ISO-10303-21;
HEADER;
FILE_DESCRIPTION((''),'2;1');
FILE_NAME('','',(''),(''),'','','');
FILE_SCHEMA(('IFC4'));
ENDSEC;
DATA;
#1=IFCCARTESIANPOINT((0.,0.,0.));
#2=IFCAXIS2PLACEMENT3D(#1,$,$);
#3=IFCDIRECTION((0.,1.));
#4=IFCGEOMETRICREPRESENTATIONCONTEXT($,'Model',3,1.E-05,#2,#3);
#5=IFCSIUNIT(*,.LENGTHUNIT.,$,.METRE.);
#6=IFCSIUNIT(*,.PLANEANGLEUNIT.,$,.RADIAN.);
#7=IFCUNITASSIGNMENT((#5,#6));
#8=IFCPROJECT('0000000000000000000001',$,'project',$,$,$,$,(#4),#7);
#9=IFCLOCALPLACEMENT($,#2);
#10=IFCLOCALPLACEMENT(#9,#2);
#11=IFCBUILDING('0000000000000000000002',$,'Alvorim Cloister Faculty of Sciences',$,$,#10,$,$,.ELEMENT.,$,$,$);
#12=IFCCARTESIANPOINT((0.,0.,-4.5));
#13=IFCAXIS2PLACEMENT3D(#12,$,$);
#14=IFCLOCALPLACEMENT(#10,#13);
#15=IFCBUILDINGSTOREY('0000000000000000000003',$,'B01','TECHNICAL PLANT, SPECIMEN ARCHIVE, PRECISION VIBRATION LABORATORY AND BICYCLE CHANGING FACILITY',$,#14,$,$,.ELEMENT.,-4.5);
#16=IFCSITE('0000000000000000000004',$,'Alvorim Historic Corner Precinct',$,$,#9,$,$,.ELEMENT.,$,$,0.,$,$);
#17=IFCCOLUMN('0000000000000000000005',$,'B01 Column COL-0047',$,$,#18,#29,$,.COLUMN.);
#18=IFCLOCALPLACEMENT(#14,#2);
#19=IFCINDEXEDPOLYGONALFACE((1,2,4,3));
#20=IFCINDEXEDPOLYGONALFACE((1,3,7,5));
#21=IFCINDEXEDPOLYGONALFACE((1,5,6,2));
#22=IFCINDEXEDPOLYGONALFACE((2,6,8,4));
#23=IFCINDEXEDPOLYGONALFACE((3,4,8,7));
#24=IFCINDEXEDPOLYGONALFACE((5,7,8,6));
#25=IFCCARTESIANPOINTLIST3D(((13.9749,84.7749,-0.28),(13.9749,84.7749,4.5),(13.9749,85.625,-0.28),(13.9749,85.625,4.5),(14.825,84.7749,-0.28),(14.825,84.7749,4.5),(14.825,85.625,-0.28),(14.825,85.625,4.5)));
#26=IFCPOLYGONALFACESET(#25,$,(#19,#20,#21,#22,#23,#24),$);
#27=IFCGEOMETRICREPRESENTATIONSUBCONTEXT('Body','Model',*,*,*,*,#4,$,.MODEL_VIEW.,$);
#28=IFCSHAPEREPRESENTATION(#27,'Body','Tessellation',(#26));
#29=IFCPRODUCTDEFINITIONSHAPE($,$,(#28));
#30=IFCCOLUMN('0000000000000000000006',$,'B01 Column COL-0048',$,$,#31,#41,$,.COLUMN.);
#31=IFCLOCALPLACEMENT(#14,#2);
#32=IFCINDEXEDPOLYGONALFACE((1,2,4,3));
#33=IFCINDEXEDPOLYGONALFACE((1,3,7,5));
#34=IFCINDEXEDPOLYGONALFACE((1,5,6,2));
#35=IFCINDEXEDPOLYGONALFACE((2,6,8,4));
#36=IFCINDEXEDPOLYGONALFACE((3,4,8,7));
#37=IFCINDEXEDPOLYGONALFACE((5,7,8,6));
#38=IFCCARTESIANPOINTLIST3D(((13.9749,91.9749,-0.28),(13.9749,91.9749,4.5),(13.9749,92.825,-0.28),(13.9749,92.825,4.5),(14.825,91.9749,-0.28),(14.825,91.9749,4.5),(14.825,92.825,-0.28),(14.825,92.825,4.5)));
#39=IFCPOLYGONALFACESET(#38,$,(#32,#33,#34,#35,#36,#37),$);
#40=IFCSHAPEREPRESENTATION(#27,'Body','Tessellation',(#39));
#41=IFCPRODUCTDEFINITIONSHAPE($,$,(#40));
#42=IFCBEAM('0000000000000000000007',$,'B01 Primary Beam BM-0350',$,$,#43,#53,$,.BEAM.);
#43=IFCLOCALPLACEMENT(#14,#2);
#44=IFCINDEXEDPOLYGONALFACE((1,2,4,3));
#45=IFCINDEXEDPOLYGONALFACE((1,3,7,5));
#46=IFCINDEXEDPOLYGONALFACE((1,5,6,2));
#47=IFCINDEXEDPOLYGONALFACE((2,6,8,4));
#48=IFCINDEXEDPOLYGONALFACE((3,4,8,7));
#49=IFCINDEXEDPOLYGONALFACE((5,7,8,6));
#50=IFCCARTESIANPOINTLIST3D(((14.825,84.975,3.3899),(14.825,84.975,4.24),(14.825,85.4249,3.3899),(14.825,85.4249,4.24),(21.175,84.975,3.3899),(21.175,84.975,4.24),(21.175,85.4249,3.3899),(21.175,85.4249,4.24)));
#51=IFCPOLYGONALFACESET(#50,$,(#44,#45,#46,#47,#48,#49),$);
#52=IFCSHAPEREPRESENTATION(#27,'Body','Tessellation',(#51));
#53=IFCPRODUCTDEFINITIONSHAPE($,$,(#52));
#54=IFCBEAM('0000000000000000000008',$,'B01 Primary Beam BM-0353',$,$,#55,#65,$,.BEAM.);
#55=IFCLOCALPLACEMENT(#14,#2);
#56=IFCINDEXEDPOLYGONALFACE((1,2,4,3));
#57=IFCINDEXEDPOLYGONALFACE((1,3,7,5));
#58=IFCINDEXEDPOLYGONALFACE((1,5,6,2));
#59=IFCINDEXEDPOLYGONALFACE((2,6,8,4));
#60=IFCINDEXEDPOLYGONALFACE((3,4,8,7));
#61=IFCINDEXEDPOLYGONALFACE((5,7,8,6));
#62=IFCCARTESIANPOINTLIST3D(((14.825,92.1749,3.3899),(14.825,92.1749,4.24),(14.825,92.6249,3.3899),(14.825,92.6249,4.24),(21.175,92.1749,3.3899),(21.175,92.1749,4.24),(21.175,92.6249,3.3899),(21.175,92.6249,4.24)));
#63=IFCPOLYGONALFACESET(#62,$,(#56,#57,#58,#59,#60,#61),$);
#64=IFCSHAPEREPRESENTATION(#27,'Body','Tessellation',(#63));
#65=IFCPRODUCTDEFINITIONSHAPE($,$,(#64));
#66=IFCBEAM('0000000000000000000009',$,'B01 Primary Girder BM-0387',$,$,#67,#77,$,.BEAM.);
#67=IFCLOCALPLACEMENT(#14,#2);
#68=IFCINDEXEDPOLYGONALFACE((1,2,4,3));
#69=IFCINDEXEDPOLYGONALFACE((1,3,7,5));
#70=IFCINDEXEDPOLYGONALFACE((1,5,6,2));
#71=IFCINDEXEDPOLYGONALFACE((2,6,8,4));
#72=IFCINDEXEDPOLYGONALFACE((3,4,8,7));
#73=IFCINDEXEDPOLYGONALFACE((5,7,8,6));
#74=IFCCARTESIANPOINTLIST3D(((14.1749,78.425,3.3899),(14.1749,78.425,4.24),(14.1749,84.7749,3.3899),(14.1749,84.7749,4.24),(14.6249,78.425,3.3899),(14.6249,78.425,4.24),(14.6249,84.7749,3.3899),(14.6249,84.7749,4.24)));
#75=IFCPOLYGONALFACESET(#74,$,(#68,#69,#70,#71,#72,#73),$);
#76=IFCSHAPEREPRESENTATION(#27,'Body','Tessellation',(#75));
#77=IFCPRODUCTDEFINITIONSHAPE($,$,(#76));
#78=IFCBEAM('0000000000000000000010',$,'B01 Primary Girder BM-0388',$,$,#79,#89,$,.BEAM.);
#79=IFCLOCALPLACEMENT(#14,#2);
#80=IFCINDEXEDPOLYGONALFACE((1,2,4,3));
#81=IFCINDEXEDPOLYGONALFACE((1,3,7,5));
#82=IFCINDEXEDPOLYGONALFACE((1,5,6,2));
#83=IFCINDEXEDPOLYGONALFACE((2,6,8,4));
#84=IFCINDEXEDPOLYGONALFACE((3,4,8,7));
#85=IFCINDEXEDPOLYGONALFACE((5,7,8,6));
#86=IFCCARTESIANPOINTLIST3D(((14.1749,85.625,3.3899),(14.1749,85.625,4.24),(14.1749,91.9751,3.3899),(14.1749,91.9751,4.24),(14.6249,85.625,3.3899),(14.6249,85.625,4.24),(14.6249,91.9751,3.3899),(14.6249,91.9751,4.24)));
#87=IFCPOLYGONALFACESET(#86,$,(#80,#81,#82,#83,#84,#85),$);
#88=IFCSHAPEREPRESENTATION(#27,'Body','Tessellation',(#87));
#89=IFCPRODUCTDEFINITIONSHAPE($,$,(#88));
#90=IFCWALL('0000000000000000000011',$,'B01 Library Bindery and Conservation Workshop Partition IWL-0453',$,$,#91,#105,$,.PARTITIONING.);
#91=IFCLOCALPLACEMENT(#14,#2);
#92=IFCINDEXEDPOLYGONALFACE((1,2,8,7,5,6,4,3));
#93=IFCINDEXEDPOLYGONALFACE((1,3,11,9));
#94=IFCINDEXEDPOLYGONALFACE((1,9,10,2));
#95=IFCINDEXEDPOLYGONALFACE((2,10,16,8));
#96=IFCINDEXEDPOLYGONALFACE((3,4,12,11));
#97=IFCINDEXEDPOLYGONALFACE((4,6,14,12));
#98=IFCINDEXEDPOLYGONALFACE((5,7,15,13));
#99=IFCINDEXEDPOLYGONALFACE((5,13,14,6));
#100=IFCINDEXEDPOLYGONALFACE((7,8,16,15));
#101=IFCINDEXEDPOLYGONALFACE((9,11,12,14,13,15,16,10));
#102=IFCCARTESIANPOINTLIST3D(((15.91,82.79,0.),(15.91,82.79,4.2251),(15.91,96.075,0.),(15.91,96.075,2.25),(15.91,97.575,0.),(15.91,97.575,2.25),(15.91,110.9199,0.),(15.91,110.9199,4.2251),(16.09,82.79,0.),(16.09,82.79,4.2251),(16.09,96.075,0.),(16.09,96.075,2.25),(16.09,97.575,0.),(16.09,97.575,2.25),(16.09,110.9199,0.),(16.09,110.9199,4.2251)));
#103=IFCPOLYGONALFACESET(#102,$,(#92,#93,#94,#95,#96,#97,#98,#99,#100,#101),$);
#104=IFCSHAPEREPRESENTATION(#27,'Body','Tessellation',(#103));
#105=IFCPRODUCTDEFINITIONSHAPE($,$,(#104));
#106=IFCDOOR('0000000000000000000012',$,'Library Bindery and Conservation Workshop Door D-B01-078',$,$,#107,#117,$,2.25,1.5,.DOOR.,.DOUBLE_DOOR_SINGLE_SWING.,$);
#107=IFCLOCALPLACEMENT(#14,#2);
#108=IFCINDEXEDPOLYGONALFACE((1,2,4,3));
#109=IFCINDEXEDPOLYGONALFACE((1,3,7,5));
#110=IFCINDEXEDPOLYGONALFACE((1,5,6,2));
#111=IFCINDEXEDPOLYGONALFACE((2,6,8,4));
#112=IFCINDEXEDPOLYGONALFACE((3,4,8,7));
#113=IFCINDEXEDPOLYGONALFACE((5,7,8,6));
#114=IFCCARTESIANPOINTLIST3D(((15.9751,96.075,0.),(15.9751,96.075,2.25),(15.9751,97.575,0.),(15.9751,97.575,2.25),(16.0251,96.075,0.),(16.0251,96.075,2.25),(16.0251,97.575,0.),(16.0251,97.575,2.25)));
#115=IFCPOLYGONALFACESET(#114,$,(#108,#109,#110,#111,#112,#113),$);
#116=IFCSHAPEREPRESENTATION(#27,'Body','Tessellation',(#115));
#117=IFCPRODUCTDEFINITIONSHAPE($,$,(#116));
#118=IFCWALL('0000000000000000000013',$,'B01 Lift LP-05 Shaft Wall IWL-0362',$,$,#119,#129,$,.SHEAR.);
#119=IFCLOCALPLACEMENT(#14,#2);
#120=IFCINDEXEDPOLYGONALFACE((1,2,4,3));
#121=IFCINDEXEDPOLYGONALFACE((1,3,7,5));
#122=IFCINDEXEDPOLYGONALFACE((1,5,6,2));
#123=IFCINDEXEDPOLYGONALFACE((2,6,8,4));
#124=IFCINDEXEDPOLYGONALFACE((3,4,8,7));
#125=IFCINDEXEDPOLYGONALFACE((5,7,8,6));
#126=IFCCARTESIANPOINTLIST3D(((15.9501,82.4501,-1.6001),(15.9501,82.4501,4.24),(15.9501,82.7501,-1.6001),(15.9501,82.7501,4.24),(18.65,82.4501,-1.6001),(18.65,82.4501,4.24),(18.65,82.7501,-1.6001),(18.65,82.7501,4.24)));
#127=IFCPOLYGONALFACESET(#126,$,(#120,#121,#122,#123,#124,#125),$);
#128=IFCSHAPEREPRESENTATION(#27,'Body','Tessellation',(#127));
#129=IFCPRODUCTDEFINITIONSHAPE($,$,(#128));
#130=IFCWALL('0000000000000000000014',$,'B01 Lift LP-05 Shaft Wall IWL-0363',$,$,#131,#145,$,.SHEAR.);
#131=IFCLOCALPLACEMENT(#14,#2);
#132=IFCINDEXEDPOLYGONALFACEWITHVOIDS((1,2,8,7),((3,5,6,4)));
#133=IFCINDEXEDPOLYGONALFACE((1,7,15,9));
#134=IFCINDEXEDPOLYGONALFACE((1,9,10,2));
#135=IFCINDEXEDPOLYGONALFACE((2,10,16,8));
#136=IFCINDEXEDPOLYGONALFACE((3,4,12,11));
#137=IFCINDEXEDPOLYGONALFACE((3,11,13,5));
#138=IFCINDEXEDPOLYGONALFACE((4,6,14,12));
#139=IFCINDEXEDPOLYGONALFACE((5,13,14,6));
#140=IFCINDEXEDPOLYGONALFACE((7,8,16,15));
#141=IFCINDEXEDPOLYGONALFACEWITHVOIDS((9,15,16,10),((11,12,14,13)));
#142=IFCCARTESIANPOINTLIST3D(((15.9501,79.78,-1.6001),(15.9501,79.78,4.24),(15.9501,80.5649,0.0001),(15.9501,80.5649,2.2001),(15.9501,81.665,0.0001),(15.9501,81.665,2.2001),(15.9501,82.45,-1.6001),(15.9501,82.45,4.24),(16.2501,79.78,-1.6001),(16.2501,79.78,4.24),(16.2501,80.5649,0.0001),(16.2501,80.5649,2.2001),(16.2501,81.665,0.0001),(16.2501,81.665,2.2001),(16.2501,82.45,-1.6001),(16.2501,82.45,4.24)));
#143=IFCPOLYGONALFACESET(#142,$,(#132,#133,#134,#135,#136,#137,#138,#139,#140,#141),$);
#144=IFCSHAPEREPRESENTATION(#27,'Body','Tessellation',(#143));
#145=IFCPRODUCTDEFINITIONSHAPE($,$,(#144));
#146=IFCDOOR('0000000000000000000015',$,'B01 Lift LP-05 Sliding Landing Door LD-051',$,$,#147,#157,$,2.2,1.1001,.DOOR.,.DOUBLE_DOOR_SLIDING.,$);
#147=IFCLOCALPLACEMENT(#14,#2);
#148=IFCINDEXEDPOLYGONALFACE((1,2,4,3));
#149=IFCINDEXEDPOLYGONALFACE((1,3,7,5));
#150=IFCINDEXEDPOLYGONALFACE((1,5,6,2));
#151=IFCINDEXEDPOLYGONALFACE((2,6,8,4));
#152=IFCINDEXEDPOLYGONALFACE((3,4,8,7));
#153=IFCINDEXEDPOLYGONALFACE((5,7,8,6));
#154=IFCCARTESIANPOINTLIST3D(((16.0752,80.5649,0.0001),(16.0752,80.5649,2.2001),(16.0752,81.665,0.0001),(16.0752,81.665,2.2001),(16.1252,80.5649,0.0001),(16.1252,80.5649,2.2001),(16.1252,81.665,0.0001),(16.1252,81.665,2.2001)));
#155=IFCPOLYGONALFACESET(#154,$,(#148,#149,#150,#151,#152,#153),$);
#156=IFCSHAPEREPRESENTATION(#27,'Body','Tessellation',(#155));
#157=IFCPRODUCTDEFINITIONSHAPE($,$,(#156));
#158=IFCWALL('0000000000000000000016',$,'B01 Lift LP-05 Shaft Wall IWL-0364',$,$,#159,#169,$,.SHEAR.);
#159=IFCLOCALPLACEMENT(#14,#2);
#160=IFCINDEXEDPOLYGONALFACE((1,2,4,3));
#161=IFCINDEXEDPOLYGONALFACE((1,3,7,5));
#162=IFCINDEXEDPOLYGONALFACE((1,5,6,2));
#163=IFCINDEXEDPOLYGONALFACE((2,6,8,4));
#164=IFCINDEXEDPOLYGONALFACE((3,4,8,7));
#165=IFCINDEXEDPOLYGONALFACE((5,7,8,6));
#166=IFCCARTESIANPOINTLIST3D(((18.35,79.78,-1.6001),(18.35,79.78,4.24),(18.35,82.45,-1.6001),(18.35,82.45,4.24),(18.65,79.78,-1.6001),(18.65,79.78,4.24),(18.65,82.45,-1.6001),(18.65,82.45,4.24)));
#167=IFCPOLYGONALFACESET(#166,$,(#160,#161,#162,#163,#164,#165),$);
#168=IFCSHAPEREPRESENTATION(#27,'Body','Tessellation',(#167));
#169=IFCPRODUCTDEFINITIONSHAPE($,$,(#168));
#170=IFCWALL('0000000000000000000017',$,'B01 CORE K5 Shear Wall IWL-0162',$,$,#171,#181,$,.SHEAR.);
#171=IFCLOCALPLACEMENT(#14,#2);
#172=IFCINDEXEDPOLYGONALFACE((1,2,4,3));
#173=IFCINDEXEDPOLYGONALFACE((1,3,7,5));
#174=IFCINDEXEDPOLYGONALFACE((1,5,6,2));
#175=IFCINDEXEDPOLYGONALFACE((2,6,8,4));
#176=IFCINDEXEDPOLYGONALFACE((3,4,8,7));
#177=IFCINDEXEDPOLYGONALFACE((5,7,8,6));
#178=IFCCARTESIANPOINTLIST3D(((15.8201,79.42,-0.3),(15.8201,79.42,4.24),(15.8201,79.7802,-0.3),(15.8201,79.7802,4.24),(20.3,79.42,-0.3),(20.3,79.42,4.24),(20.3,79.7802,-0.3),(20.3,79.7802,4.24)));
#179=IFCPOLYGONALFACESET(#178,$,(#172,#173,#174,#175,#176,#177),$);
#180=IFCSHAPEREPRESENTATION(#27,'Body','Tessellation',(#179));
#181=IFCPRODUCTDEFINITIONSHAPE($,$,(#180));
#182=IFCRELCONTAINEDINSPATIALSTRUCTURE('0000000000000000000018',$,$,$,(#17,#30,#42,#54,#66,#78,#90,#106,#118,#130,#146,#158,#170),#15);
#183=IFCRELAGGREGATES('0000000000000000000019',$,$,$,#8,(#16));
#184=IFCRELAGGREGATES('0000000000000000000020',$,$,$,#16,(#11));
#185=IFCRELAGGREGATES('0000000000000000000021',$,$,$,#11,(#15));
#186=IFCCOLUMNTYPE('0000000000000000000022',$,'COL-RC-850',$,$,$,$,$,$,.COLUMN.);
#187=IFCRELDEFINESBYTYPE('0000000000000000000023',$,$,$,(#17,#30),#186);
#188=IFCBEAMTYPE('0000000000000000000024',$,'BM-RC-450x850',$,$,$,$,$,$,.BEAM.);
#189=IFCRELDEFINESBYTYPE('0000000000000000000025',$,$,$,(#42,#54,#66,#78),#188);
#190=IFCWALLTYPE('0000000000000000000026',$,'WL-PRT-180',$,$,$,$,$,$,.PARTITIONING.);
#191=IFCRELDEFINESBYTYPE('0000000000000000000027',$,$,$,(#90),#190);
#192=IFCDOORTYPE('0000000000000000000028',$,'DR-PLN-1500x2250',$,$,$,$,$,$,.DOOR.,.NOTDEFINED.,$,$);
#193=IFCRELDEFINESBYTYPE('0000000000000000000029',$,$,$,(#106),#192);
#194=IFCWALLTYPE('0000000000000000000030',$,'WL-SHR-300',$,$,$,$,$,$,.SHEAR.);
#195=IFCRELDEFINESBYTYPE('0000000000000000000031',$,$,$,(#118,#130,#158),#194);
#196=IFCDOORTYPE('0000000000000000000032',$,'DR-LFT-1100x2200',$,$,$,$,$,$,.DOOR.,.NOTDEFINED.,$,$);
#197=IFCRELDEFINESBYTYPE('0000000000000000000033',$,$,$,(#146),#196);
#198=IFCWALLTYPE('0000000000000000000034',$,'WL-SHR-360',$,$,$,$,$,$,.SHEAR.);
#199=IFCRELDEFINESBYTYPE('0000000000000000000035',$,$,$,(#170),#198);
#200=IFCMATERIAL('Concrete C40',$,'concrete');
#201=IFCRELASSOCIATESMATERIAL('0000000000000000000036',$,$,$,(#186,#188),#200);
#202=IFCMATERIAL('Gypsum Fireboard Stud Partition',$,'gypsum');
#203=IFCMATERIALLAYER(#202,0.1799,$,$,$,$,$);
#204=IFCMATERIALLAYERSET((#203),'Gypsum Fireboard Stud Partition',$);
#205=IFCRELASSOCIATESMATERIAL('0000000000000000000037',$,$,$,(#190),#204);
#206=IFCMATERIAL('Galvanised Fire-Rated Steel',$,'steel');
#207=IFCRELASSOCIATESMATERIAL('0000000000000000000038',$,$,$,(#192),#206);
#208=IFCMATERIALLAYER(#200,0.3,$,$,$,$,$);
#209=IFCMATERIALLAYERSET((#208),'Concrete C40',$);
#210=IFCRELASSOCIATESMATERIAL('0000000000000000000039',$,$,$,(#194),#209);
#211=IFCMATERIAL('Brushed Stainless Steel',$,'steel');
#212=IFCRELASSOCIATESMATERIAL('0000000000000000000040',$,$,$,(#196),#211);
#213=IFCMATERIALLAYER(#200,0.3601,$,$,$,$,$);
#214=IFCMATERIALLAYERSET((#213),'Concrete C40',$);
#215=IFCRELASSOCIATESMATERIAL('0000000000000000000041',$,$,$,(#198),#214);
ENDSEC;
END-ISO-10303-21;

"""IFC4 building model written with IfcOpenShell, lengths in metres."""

from ifc_helpers import new_model, si_unit, direction, frame, frame_2d, origin, origin_2d, place, context, subcontext, project, spatial, rectangle, extrude, material, layer, layer_set, material_profile, profile_set, type_object, element, fill, save


model = new_model("IFC4")

# Units and contexts
model_context = context("Model", 3, precision=1e-05, world=origin(), true_north=direction((0.0, 1.0)))
body_context = subcontext(model_context, "Body", "Model", "MODEL_VIEW")
ifc_project = project(units=[si_unit("LENGTHUNIT", "METRE"), si_unit("PLANEANGLEUNIT", "RADIAN")], contexts=[model_context])

# Site, building, storey
site_placement = place(None, origin())
site = spatial("IfcSite", under=ifc_project, at=site_placement, Name="Alvorim Historic Corner Precinct", CompositionType="ELEMENT", RefElevation=0.0)
building_placement = place(site_placement, origin())
building = spatial("IfcBuilding", under=site, at=building_placement, Name="Alvorim Cloister Faculty of Sciences", CompositionType="ELEMENT")
storey_placement = place(building_placement, frame((0.0, 0.0, -4.5)))
storey = spatial("IfcBuildingStorey", under=building, at=storey_placement, Name="B01", Description="TECHNICAL PLANT, SPECIMEN ARCHIVE, PRECISION VIBRATION LABORATORY AND BICYCLE CHANGING FACILITY", CompositionType="ELEMENT", Elevation=-4.5)

# Shared definitions
ifc_material_1 = material(Name="Concrete C40", Category="concrete")

# Columns
ifc_material_profile_1 = material_profile(ifc_material_1, rectangle(XDim=0.8501, YDim=0.8501, at=origin_2d()), Name="RC40-COL-850x850")
ifc_profile_set_1 = profile_set([ifc_material_profile_1], Name="Concrete C40")
column_type = type_object("IfcColumnType", Name="COL-RC-850", PredefinedType="COLUMN", material=ifc_profile_set_1)
for number, where, z_axis, x_axis, name in (
    (1, (14.3999, 85.2, -0.28), (0.0, 0.0, 1.0), (1.0, 0.0, 0.0), "B01 Column COL-0047"),
    (2, (14.3999, 92.3999, -0.28), (0.0, 0.0, 1.0), (1.0, 0.0, 0.0), "B01 Column COL-0048"),
):
    element("IfcColumn", number, at=place(storey_placement, frame(where, z_axis=z_axis, x_axis=x_axis)), inside=storey, type_object=column_type, Name=name, PredefinedType="COLUMN", context=body_context, shape_type="SweptSolid", body=[
        extrude(rectangle(XDim=0.8501, YDim=0.8501, at=origin_2d()), origin(), (0.0, 0.0, 1.0), 4.78),
    ])

# Beams
ifc_material_profile_2 = material_profile(ifc_material_1, rectangle(XDim=0.45, YDim=0.8501, at=origin_2d()), Name="RC40-BM-450x850")
ifc_profile_set_2 = profile_set([ifc_material_profile_2], Name="Concrete C40")
beam_type = type_object("IfcBeamType", Name="BM-RC-450x850", PredefinedType="BEAM", material=ifc_profile_set_2)
for number, where, z_axis, x_axis, name in (
    (3, (14.825, 85.2, 3.8149), (1.0, 0.0, 0.0), (0.0, 1.0, 0.0), "B01 Primary Beam BM-0350"),
    (4, (14.825, 92.3999, 3.8149), (1.0, 0.0, 0.0), (0.0, 1.0, 0.0), "B01 Primary Beam BM-0353"),
):
    element("IfcBeam", number, at=place(storey_placement, frame(where, z_axis=z_axis, x_axis=x_axis)), inside=storey, type_object=beam_type, Name=name, PredefinedType="BEAM", context=body_context, shape_type="SweptSolid", body=[
        extrude(rectangle(XDim=0.45, YDim=0.8501, at=origin_2d()), origin(), (0.0, 0.0, 1.0), 6.3501),
    ])
beam_1_placement = place(storey_placement, frame((14.3999, 78.425, 3.8149), z_axis=(0.0, 1.0, 0.0), x_axis=(-1.0, 0.0, 0.0)))
element("IfcBeam", 5, at=beam_1_placement, inside=storey, type_object=beam_type, Name="B01 Primary Girder BM-0387", PredefinedType="BEAM", context=body_context, shape_type="SweptSolid", body=[
    extrude(rectangle(XDim=0.45, YDim=0.8501, at=origin_2d()), origin(), (0.0, 0.0, 1.0), 6.3499),
])
beam_2_placement = place(storey_placement, frame((14.3999, 85.625, 3.8149), z_axis=(0.0, 1.0, 0.0), x_axis=(-1.0, 0.0, 0.0)))
element("IfcBeam", 6, at=beam_2_placement, inside=storey, type_object=beam_type, Name="B01 Primary Girder BM-0388", PredefinedType="BEAM", context=body_context, shape_type="SweptSolid", body=[
    extrude(rectangle(XDim=0.45, YDim=0.8501, at=origin_2d()), origin(), (0.0, 0.0, 1.0), 6.3501),
])

# Wall, opening, door
ifc_material_2 = material(Name="Gypsum Fireboard Stud Partition", Category="gypsum")
ifc_layer_1 = layer(ifc_material_2, 0.1799)
ifc_layer_set_1 = layer_set([ifc_layer_1], Name="Gypsum Fireboard Stud Partition")
wall_type_1 = type_object("IfcWallType", Name="WL-PRT-180", PredefinedType="PARTITIONING", material=ifc_layer_set_1)
wall_1_placement = place(storey_placement, frame((16.0, 82.79, 0.0), z_axis=(0.0, 0.0, 1.0), x_axis=(0.0, 1.0, 0.0)))
wall_1 = element("IfcWall", 7, at=wall_1_placement, inside=storey, type_object=wall_type_1, Name="B01 Library Bindery and Conservation Workshop Partition IWL-0453", PredefinedType="PARTITIONING", context=body_context, shape_type="SweptSolid", body=[
    extrude(rectangle(XDim=28.1299, YDim=0.1799, at=frame_2d((14.0649, 0.0))), origin(), (0.0, 0.0, 1.0), 4.2251),
])
opening_1_placement = place(wall_1_placement, frame((13.2849, 0.0, 0.0)))
opening_1 = element("IfcOpeningElement", 8, at=opening_1_placement, cuts=wall_1, PredefinedType="OPENING", context=body_context, shape_type="SweptSolid", body=[
    extrude(rectangle(XDim=1.5, YDim=2.25, at=frame_2d((0.75, 1.125))), frame((0.0, 0.1021, 0.0), z_axis=(0.0, -1.0, 0.0), x_axis=(1.0, 0.0, 0.0)), (0.0, 0.0, 1.0), 0.2039),
])
ifc_material_3 = material(Name="Galvanised Fire-Rated Steel", Category="steel")
door_type_1 = type_object("IfcDoorType", Name="DR-PLN-1500x2250", OperationType="NOTDEFINED", PredefinedType="DOOR", material=ifc_material_3)
door_1_placement = place(opening_1_placement, origin())
door_1 = element("IfcDoor", 9, at=door_1_placement, inside=storey, type_object=door_type_1, Name="Library Bindery and Conservation Workshop Door D-B01-078", OperationType="DOUBLE_DOOR_SINGLE_SWING", OverallHeight=2.25, OverallWidth=1.5, PredefinedType="DOOR", context=body_context, shape_type="SweptSolid", body=[
    extrude(rectangle(XDim=1.5, YDim=2.25, at=frame_2d((0.75, 1.125))), frame((0.0, 0.0249, 0.0), z_axis=(0.0, -1.0, 0.0), x_axis=(1.0, 0.0, 0.0)), (0.0, 0.0, 1.0), 0.05),
])
fill(opening_1, door_1)

# Wall
ifc_layer_2 = layer(ifc_material_1, 0.3)
ifc_layer_set_2 = layer_set([ifc_layer_2], Name="Concrete C40")
wall_type_2 = type_object("IfcWallType", Name="WL-SHR-300", PredefinedType="SHEAR", material=ifc_layer_set_2)
wall_2_placement = place(storey_placement, frame((15.95, 82.6001, -1.6001), z_axis=(0.0, 0.0, 1.0), x_axis=(1.0, 0.0, 0.0)))
element("IfcWall", 10, at=wall_2_placement, inside=storey, type_object=wall_type_2, Name="B01 Lift LP-05 Shaft Wall IWL-0362", PredefinedType="SHEAR", context=body_context, shape_type="SweptSolid", body=[
    extrude(rectangle(XDim=2.7, YDim=0.3, at=frame_2d((1.3501, 0.0))), origin(), (0.0, 0.0, 1.0), 5.8401),
])

# Wall, opening, door
wall_3_placement = place(storey_placement, frame((16.1001, 79.78, -1.6001), z_axis=(0.0, 0.0, 1.0), x_axis=(0.0, 1.0, 0.0)))
wall_3 = element("IfcWall", 11, at=wall_3_placement, inside=storey, type_object=wall_type_2, Name="B01 Lift LP-05 Shaft Wall IWL-0363", PredefinedType="SHEAR", context=body_context, shape_type="SweptSolid", body=[
    extrude(rectangle(XDim=2.6699, YDim=0.3, at=frame_2d((1.335, 0.0))), origin(), (0.0, 0.0, 1.0), 5.8401),
])
opening_2_placement = place(wall_3_placement, frame((0.7849, 0.0, 1.6001)))
opening_2 = element("IfcOpeningElement", 12, at=opening_2_placement, cuts=wall_3, PredefinedType="OPENING", context=body_context, shape_type="SweptSolid", body=[
    extrude(rectangle(XDim=1.1001, YDim=2.2, at=frame_2d((0.55, 1.1001))), frame((0.0, 0.1621, 0.0), z_axis=(0.0, -1.0, 0.0), x_axis=(1.0, 0.0, 0.0)), (0.0, 0.0, 1.0), 0.324),
])
ifc_material_4 = material(Name="Brushed Stainless Steel", Category="steel")
door_type_2 = type_object("IfcDoorType", Name="DR-LFT-1100x2200", OperationType="NOTDEFINED", PredefinedType="DOOR", material=ifc_material_4)
door_2_placement = place(opening_2_placement, origin())
door_2 = element("IfcDoor", 13, at=door_2_placement, inside=storey, type_object=door_type_2, Name="B01 Lift LP-05 Sliding Landing Door LD-051", OperationType="DOUBLE_DOOR_SLIDING", OverallHeight=2.2, OverallWidth=1.1001, PredefinedType="DOOR", context=body_context, shape_type="SweptSolid", body=[
    extrude(rectangle(XDim=1.1001, YDim=2.2, at=frame_2d((0.55, 1.1001))), frame((0.0, 0.0249, 0.0), z_axis=(0.0, -1.0, 0.0), x_axis=(1.0, 0.0, 0.0)), (0.0, 0.0, 1.0), 0.05),
])
fill(opening_2, door_2)

# Walls
wall_4_placement = place(storey_placement, frame((18.5, 79.78, -1.6001), z_axis=(0.0, 0.0, 1.0), x_axis=(0.0, 1.0, 0.0)))
element("IfcWall", 14, at=wall_4_placement, inside=storey, type_object=wall_type_2, Name="B01 Lift LP-05 Shaft Wall IWL-0364", PredefinedType="SHEAR", context=body_context, shape_type="SweptSolid", body=[
    extrude(rectangle(XDim=2.6699, YDim=0.3, at=frame_2d((1.335, 0.0))), origin(), (0.0, 0.0, 1.0), 5.8401),
])
ifc_layer_3 = layer(ifc_material_1, 0.3601)
ifc_layer_set_3 = layer_set([ifc_layer_3], Name="Concrete C40")
wall_type_3 = type_object("IfcWallType", Name="WL-SHR-360", PredefinedType="SHEAR", material=ifc_layer_set_3)
wall_5_placement = place(storey_placement, frame((15.8201, 79.6001, -0.3), z_axis=(0.0, 0.0, 1.0), x_axis=(1.0, 0.0, 0.0)))
element("IfcWall", 15, at=wall_5_placement, inside=storey, type_object=wall_type_3, Name="B01 CORE K5 Shear Wall IWL-0162", PredefinedType="SHEAR", context=body_context, shape_type="SweptSolid", body=[
    extrude(rectangle(XDim=4.48, YDim=0.3601, at=frame_2d((2.24, 0.0))), origin(), (0.0, 0.0, 1.0), 4.54),
])

save(model, "model.ifc")
